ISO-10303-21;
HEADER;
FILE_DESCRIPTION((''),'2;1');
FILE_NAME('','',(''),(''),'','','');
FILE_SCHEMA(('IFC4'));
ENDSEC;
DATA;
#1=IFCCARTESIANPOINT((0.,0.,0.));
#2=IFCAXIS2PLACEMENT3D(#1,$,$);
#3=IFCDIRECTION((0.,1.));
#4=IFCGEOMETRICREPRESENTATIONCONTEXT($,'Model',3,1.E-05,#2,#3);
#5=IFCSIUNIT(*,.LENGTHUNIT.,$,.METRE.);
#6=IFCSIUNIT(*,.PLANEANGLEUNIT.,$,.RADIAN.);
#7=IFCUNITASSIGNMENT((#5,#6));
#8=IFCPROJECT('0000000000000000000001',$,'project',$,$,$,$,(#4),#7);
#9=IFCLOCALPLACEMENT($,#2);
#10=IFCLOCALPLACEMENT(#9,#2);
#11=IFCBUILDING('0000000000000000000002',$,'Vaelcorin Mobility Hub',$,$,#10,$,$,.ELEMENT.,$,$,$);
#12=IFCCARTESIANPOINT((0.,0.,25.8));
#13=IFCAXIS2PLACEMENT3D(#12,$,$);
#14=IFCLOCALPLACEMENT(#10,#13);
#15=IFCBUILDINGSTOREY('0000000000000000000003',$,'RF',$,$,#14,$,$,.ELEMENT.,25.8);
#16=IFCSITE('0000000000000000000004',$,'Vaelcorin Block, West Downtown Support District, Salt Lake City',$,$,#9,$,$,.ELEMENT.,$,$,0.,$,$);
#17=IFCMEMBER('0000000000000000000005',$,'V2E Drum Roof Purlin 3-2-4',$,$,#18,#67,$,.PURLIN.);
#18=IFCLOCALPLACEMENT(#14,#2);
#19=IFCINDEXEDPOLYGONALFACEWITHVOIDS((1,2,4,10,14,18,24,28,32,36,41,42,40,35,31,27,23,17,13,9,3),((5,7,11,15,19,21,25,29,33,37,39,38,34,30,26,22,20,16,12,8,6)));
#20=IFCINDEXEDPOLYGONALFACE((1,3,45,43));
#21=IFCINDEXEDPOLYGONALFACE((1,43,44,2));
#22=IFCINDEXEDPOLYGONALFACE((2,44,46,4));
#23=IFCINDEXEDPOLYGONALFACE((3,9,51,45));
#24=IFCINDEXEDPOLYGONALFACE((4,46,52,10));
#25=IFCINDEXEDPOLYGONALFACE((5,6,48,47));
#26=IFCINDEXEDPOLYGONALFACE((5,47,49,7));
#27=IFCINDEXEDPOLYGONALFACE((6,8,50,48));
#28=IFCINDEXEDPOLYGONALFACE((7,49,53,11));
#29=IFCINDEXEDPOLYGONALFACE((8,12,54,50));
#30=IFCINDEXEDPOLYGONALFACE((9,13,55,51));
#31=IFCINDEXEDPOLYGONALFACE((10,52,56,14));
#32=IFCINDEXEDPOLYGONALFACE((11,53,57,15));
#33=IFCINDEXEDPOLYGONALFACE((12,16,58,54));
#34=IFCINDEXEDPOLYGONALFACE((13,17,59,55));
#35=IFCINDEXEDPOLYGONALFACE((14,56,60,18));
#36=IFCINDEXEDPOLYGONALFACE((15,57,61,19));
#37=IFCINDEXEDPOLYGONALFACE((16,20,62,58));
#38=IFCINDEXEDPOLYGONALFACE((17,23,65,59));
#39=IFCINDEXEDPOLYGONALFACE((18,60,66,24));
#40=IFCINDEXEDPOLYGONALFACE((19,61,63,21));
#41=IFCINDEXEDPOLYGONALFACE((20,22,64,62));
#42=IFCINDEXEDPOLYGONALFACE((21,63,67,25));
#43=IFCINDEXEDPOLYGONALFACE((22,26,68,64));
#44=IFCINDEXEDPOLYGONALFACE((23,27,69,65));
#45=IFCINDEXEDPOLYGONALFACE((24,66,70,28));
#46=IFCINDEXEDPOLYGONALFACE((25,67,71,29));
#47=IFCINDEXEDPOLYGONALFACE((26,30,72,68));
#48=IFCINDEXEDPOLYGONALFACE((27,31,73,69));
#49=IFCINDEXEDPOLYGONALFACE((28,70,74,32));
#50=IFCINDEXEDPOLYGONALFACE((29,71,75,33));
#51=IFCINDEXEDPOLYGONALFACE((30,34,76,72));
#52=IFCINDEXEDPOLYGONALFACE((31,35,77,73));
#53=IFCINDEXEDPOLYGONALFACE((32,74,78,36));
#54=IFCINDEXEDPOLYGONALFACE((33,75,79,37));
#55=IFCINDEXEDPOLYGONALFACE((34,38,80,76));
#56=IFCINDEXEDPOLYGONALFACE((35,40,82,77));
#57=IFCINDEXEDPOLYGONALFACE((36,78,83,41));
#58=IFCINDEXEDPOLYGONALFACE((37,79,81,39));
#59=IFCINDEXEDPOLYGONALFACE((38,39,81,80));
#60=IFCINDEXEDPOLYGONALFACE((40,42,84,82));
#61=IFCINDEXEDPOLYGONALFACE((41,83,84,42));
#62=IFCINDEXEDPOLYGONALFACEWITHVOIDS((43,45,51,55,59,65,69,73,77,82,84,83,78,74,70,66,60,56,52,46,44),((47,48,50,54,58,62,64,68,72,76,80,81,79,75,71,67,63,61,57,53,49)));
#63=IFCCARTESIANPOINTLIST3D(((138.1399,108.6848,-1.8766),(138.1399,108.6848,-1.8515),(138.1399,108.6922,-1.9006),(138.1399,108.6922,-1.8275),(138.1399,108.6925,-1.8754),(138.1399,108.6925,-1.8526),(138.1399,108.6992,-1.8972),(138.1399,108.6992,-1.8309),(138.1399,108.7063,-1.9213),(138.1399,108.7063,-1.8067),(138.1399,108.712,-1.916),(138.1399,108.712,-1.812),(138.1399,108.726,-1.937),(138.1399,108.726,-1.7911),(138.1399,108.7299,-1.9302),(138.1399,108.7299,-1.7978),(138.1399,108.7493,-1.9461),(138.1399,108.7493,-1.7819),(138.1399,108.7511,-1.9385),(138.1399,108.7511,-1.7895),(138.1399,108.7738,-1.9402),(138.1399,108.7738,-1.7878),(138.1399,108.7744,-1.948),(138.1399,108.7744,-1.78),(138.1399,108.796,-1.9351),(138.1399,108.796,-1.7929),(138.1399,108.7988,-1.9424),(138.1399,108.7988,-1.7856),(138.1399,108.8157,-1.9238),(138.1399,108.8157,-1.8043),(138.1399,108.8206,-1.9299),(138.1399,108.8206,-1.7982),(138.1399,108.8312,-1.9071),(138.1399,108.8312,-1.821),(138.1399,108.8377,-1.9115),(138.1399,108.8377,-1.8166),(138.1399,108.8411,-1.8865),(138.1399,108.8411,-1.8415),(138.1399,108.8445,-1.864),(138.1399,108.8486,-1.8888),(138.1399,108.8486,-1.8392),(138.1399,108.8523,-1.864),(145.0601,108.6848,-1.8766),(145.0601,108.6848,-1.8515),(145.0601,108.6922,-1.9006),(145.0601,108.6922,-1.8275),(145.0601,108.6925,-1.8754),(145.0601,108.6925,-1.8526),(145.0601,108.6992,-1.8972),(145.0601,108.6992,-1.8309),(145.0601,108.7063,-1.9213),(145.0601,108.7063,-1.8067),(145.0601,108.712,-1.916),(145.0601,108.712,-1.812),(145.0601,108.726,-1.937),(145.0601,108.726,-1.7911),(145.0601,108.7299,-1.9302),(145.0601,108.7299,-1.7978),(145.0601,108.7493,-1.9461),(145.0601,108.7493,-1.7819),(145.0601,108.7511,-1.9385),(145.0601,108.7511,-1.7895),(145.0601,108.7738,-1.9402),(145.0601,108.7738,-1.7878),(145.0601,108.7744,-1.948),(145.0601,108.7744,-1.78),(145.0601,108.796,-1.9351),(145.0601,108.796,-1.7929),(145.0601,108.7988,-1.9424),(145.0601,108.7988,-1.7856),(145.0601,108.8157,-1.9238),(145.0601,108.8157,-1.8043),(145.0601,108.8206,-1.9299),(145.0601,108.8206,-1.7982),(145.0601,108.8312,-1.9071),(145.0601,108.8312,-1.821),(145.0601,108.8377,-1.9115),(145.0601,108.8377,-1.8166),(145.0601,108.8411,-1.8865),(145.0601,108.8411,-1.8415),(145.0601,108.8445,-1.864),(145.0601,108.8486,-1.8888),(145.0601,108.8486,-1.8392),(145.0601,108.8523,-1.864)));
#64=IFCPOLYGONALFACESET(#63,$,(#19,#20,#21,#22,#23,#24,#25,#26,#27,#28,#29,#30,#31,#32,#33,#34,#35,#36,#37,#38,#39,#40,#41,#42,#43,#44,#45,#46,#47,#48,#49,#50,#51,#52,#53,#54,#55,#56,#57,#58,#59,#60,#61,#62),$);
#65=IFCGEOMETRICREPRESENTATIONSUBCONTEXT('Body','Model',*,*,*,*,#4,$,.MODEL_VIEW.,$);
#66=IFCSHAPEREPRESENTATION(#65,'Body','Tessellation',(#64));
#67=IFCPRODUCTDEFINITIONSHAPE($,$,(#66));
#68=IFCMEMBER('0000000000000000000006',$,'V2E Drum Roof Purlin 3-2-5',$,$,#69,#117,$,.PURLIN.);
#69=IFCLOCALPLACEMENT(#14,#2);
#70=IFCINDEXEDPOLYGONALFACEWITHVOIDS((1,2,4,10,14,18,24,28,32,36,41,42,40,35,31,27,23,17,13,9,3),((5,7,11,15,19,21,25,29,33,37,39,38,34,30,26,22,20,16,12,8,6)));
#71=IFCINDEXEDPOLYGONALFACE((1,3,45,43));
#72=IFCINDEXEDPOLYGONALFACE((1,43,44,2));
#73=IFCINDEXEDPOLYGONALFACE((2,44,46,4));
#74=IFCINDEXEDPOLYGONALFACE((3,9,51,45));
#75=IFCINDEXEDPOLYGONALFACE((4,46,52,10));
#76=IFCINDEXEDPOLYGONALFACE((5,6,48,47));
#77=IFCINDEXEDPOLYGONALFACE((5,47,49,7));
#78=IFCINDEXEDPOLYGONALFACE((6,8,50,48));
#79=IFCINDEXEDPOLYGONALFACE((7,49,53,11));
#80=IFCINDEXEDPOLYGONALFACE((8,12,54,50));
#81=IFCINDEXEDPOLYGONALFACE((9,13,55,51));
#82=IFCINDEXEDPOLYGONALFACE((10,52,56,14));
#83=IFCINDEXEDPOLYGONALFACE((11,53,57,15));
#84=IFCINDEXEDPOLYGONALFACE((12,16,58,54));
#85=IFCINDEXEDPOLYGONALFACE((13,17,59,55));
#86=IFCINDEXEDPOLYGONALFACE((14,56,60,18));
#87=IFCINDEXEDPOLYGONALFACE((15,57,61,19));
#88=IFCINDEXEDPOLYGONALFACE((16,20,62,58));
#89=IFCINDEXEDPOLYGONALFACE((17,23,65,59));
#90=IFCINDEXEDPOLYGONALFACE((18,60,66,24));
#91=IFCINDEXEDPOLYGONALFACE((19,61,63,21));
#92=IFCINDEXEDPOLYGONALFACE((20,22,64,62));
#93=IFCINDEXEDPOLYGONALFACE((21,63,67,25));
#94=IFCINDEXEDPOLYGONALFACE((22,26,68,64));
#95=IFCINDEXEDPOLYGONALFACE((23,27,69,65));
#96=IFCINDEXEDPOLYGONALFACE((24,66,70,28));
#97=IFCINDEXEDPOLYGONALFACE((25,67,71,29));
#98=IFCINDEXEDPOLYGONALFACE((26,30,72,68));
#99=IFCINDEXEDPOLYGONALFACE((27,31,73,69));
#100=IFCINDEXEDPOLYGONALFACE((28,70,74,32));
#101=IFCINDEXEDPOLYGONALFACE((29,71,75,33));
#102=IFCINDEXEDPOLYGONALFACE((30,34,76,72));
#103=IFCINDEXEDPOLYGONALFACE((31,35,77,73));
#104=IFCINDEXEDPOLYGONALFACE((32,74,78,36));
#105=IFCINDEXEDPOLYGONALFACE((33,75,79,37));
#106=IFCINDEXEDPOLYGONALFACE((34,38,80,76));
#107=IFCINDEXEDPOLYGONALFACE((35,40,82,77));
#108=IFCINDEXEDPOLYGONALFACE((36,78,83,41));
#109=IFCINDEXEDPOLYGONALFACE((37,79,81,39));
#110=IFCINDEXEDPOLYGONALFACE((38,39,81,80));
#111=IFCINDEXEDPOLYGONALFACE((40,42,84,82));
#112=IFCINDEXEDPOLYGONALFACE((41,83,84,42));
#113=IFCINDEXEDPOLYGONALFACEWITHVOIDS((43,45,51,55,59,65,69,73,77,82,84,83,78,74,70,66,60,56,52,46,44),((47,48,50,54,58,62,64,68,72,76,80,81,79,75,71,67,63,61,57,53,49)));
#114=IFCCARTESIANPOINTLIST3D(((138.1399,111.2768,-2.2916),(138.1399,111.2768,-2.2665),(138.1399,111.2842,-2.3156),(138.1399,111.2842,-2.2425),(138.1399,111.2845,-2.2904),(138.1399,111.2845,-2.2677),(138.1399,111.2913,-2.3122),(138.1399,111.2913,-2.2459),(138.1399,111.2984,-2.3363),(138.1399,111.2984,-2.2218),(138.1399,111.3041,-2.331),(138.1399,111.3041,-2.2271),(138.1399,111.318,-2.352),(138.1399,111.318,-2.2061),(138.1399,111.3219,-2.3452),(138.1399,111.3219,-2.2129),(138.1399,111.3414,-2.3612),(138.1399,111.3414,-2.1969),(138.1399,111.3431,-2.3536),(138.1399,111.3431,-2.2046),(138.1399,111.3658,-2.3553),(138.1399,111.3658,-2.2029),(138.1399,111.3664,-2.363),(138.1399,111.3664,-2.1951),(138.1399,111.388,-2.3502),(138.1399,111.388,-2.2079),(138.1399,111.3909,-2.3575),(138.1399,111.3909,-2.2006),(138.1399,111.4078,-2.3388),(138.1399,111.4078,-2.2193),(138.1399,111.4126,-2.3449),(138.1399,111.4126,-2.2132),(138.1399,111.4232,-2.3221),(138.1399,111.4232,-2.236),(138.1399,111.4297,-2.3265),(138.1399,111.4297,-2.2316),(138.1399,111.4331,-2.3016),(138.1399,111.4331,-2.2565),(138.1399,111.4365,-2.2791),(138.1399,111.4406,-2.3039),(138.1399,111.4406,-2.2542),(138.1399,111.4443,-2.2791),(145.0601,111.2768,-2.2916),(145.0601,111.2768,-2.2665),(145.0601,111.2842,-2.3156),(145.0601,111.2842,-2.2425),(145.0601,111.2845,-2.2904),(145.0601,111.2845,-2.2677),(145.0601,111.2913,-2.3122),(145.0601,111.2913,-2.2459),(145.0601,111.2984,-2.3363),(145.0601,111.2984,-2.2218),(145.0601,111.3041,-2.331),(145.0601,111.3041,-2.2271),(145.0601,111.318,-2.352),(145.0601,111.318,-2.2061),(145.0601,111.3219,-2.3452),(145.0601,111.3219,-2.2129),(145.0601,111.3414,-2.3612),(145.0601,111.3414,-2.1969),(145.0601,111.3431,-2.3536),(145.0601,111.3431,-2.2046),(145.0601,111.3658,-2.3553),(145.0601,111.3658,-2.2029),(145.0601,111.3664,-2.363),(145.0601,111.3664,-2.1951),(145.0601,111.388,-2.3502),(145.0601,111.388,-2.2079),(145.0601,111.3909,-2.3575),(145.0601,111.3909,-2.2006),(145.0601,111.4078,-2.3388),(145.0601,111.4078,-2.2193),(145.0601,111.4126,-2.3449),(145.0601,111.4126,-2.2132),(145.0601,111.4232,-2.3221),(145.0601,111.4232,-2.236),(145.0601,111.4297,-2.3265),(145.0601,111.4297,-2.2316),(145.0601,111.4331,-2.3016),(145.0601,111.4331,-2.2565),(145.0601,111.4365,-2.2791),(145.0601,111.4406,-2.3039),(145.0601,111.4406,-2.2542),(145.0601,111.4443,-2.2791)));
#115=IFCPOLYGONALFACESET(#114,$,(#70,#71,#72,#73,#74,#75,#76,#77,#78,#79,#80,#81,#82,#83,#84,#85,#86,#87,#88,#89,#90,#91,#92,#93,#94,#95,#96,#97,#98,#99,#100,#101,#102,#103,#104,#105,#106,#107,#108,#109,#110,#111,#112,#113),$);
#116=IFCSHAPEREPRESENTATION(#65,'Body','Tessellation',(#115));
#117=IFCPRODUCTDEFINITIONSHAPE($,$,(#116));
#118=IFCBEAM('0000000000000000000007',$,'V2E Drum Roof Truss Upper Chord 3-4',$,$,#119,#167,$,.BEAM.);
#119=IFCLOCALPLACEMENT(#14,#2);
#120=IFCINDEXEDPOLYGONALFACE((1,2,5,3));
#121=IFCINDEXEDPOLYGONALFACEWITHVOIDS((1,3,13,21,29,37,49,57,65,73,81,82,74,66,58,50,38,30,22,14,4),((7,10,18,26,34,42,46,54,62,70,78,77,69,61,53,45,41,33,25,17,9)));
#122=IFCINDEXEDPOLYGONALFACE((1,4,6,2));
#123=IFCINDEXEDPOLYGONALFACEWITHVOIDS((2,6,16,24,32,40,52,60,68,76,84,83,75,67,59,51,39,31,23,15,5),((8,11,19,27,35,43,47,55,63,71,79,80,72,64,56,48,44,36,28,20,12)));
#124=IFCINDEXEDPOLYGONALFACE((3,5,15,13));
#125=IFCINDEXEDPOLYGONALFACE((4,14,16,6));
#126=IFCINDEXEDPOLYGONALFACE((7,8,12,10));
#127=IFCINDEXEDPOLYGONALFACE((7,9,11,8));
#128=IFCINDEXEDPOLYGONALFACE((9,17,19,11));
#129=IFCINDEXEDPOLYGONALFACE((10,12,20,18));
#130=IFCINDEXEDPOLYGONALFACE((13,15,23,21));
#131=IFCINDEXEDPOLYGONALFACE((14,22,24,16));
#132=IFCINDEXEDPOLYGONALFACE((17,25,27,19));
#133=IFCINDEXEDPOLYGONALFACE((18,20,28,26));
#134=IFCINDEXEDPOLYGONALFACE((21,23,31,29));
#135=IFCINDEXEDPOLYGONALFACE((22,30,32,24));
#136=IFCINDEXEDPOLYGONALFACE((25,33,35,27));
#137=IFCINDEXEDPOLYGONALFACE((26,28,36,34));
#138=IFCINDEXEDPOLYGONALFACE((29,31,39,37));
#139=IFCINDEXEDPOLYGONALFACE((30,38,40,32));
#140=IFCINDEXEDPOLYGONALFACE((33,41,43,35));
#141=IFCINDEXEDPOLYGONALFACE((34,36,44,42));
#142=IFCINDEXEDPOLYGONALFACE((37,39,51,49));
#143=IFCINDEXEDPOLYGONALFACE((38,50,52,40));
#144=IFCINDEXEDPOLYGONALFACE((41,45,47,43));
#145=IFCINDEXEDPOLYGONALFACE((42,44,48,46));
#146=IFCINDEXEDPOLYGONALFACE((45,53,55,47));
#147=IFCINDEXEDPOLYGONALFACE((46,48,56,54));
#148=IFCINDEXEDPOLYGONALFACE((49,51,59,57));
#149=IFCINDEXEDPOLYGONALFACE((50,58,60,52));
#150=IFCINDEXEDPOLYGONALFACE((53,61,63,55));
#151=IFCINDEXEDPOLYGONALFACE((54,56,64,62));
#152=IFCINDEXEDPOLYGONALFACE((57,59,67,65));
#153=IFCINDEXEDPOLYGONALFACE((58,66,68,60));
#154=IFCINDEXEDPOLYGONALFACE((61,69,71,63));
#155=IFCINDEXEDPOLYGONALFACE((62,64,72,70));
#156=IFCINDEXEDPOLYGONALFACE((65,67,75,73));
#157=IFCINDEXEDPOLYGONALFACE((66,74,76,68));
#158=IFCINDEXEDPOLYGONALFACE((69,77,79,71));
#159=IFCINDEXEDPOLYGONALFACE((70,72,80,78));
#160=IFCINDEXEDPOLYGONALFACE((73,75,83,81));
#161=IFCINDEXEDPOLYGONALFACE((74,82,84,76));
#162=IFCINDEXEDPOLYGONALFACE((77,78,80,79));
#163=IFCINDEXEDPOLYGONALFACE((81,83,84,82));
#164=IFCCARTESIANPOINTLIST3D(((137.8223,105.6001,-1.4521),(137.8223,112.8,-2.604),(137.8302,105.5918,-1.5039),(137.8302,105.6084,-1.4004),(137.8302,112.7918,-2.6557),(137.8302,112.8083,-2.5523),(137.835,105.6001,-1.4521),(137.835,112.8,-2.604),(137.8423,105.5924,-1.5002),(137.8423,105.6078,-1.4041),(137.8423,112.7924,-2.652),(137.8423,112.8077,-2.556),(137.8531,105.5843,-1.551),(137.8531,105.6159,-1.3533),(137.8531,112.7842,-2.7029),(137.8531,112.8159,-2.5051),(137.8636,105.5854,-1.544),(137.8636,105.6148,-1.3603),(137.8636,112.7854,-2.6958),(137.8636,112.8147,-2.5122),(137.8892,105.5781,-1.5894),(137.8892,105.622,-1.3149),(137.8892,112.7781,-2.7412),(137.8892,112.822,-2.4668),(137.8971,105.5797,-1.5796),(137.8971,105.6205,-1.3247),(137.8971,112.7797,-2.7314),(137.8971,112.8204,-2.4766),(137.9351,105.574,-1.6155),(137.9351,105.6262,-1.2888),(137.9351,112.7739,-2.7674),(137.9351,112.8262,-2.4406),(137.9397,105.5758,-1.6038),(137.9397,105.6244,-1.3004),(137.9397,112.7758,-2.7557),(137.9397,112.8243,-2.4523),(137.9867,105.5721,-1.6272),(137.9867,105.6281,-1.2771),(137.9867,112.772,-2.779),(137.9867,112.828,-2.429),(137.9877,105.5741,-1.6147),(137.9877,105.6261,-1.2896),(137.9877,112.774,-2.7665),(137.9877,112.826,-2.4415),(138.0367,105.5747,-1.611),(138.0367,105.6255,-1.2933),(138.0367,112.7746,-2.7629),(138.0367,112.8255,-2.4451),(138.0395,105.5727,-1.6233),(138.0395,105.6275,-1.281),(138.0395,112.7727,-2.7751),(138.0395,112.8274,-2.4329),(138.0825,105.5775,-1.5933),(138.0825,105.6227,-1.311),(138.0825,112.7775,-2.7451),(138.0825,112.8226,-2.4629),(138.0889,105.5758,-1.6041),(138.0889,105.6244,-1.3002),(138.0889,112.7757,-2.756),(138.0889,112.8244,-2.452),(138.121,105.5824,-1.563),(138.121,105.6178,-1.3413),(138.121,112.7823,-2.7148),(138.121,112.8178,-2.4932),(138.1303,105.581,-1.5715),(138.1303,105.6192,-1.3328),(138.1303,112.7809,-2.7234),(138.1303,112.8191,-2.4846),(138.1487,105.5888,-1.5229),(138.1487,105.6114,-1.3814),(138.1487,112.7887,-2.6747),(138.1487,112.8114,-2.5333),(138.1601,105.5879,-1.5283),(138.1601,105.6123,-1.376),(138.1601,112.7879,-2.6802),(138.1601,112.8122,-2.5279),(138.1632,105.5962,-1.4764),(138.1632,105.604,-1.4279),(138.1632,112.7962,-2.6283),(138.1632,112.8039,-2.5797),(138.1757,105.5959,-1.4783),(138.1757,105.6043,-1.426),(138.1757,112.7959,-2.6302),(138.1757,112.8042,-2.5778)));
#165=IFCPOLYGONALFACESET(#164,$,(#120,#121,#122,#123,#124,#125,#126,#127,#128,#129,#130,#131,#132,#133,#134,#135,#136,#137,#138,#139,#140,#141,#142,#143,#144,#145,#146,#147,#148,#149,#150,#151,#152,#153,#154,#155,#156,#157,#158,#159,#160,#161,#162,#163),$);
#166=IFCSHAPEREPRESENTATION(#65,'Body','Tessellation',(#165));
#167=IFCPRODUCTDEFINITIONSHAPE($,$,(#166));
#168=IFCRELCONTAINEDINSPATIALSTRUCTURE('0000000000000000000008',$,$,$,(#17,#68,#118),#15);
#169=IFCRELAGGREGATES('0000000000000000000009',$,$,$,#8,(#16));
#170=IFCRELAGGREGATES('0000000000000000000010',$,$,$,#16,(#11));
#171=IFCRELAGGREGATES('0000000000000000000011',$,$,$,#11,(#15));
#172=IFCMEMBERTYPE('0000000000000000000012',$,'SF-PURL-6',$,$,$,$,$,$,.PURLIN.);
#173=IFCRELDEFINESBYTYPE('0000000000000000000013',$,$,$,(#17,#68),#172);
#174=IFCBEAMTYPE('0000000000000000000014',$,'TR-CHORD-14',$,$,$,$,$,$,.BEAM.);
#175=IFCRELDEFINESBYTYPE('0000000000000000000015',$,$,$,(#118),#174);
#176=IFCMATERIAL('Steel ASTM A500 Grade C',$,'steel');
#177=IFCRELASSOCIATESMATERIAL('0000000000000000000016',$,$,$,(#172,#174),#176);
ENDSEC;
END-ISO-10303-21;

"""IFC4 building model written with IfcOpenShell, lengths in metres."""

from ifc_helpers import new_model, si_unit, direction, frame, origin, origin_2d, place, context, subcontext, project, spatial, hollow_circle, extrude, material, material_profile, profile_set, type_object, element, save


model = new_model("IFC4")

# Units and contexts
model_context = context("Model", 3, precision=1e-05, world=origin(), true_north=direction((0.0, 1.0)))
body_context = subcontext(model_context, "Body", "Model", "MODEL_VIEW")
ifc_project = project(units=[si_unit("LENGTHUNIT", "METRE"), si_unit("PLANEANGLEUNIT", "RADIAN")], contexts=[model_context])

# Site, building, storey
site_placement = place(None, origin())
site = spatial("IfcSite", under=ifc_project, at=site_placement, Name="Vaelcorin Block, West Downtown Support District, Salt Lake City", CompositionType="ELEMENT", RefElevation=0.0)
building_placement = place(site_placement, origin())
building = spatial("IfcBuilding", under=site, at=building_placement, Name="Vaelcorin Mobility Hub", CompositionType="ELEMENT")
storey_placement = place(building_placement, frame((0.0, 0.0, 25.8)))
storey = spatial("IfcBuildingStorey", under=building, at=storey_placement, Name="RF", CompositionType="ELEMENT", Elevation=25.8)

# Members
ifc_material_1 = material(Name="Steel ASTM A500 Grade C", Category="steel")
ifc_material_profile_1 = material_profile(ifc_material_1, hollow_circle(Radius=0.0842, WallThickness=0.0078, at=origin_2d()), Name="HSS6.625X0.312")
ifc_profile_set_1 = profile_set([ifc_material_profile_1], Name="Steel ASTM A500 Grade C")
member_type_1 = type_object("IfcMemberType", Name="SF-PURL-6", PredefinedType="PURLIN", material=ifc_profile_set_1)
for number, where, z_axis, x_axis, name in (
    (1, (138.1399, 108.7681, -1.864), (1.0, 0.0, 0.0), (0.0, 1.0, 0.0), "V2E Drum Roof Purlin 3-2-4"),
    (2, (138.1399, 111.3601, -2.2791), (1.0, 0.0, 0.0), (0.0, 1.0, 0.0), "V2E Drum Roof Purlin 3-2-5"),
):
    element("IfcMember", number, at=place(storey_placement, frame(where, z_axis=z_axis, x_axis=x_axis)), inside=storey, type_object=member_type_1, Name=name, PredefinedType="PURLIN", context=body_context, shape_type="SweptSolid", body=[
        extrude(hollow_circle(Radius=0.0842, WallThickness=0.0078, at=origin_2d()), origin(), (0.0, 0.0, 1.0), 6.9202),
    ])

# Beam
ifc_material_profile_2 = material_profile(ifc_material_1, hollow_circle(Radius=0.1777, WallThickness=0.0127, at=origin_2d()), Name="HSS14.000X0.500")
ifc_profile_set_2 = profile_set([ifc_material_profile_2], Name="Steel ASTM A500 Grade C")
beam_type_1 = type_object("IfcBeamType", Name="TR-CHORD-14", PredefinedType="BEAM", material=ifc_profile_set_2)
beam_1_placement = place(storey_placement, frame((138.0, 105.6001, -1.4521), z_axis=(0.0, 0.987444, -0.157972), x_axis=(-1.0, 0.0, 0.0)))
element("IfcBeam", 3, at=beam_1_placement, inside=storey, type_object=beam_type_1, Name="V2E Drum Roof Truss Upper Chord 3-4", PredefinedType="BEAM", context=body_context, shape_type="SweptSolid", body=[
    extrude(hollow_circle(Radius=0.1777, WallThickness=0.0127, at=origin_2d()), origin(), (0.0, 0.0, 1.0), 7.2915),
])

save(model, "model.ifc")
